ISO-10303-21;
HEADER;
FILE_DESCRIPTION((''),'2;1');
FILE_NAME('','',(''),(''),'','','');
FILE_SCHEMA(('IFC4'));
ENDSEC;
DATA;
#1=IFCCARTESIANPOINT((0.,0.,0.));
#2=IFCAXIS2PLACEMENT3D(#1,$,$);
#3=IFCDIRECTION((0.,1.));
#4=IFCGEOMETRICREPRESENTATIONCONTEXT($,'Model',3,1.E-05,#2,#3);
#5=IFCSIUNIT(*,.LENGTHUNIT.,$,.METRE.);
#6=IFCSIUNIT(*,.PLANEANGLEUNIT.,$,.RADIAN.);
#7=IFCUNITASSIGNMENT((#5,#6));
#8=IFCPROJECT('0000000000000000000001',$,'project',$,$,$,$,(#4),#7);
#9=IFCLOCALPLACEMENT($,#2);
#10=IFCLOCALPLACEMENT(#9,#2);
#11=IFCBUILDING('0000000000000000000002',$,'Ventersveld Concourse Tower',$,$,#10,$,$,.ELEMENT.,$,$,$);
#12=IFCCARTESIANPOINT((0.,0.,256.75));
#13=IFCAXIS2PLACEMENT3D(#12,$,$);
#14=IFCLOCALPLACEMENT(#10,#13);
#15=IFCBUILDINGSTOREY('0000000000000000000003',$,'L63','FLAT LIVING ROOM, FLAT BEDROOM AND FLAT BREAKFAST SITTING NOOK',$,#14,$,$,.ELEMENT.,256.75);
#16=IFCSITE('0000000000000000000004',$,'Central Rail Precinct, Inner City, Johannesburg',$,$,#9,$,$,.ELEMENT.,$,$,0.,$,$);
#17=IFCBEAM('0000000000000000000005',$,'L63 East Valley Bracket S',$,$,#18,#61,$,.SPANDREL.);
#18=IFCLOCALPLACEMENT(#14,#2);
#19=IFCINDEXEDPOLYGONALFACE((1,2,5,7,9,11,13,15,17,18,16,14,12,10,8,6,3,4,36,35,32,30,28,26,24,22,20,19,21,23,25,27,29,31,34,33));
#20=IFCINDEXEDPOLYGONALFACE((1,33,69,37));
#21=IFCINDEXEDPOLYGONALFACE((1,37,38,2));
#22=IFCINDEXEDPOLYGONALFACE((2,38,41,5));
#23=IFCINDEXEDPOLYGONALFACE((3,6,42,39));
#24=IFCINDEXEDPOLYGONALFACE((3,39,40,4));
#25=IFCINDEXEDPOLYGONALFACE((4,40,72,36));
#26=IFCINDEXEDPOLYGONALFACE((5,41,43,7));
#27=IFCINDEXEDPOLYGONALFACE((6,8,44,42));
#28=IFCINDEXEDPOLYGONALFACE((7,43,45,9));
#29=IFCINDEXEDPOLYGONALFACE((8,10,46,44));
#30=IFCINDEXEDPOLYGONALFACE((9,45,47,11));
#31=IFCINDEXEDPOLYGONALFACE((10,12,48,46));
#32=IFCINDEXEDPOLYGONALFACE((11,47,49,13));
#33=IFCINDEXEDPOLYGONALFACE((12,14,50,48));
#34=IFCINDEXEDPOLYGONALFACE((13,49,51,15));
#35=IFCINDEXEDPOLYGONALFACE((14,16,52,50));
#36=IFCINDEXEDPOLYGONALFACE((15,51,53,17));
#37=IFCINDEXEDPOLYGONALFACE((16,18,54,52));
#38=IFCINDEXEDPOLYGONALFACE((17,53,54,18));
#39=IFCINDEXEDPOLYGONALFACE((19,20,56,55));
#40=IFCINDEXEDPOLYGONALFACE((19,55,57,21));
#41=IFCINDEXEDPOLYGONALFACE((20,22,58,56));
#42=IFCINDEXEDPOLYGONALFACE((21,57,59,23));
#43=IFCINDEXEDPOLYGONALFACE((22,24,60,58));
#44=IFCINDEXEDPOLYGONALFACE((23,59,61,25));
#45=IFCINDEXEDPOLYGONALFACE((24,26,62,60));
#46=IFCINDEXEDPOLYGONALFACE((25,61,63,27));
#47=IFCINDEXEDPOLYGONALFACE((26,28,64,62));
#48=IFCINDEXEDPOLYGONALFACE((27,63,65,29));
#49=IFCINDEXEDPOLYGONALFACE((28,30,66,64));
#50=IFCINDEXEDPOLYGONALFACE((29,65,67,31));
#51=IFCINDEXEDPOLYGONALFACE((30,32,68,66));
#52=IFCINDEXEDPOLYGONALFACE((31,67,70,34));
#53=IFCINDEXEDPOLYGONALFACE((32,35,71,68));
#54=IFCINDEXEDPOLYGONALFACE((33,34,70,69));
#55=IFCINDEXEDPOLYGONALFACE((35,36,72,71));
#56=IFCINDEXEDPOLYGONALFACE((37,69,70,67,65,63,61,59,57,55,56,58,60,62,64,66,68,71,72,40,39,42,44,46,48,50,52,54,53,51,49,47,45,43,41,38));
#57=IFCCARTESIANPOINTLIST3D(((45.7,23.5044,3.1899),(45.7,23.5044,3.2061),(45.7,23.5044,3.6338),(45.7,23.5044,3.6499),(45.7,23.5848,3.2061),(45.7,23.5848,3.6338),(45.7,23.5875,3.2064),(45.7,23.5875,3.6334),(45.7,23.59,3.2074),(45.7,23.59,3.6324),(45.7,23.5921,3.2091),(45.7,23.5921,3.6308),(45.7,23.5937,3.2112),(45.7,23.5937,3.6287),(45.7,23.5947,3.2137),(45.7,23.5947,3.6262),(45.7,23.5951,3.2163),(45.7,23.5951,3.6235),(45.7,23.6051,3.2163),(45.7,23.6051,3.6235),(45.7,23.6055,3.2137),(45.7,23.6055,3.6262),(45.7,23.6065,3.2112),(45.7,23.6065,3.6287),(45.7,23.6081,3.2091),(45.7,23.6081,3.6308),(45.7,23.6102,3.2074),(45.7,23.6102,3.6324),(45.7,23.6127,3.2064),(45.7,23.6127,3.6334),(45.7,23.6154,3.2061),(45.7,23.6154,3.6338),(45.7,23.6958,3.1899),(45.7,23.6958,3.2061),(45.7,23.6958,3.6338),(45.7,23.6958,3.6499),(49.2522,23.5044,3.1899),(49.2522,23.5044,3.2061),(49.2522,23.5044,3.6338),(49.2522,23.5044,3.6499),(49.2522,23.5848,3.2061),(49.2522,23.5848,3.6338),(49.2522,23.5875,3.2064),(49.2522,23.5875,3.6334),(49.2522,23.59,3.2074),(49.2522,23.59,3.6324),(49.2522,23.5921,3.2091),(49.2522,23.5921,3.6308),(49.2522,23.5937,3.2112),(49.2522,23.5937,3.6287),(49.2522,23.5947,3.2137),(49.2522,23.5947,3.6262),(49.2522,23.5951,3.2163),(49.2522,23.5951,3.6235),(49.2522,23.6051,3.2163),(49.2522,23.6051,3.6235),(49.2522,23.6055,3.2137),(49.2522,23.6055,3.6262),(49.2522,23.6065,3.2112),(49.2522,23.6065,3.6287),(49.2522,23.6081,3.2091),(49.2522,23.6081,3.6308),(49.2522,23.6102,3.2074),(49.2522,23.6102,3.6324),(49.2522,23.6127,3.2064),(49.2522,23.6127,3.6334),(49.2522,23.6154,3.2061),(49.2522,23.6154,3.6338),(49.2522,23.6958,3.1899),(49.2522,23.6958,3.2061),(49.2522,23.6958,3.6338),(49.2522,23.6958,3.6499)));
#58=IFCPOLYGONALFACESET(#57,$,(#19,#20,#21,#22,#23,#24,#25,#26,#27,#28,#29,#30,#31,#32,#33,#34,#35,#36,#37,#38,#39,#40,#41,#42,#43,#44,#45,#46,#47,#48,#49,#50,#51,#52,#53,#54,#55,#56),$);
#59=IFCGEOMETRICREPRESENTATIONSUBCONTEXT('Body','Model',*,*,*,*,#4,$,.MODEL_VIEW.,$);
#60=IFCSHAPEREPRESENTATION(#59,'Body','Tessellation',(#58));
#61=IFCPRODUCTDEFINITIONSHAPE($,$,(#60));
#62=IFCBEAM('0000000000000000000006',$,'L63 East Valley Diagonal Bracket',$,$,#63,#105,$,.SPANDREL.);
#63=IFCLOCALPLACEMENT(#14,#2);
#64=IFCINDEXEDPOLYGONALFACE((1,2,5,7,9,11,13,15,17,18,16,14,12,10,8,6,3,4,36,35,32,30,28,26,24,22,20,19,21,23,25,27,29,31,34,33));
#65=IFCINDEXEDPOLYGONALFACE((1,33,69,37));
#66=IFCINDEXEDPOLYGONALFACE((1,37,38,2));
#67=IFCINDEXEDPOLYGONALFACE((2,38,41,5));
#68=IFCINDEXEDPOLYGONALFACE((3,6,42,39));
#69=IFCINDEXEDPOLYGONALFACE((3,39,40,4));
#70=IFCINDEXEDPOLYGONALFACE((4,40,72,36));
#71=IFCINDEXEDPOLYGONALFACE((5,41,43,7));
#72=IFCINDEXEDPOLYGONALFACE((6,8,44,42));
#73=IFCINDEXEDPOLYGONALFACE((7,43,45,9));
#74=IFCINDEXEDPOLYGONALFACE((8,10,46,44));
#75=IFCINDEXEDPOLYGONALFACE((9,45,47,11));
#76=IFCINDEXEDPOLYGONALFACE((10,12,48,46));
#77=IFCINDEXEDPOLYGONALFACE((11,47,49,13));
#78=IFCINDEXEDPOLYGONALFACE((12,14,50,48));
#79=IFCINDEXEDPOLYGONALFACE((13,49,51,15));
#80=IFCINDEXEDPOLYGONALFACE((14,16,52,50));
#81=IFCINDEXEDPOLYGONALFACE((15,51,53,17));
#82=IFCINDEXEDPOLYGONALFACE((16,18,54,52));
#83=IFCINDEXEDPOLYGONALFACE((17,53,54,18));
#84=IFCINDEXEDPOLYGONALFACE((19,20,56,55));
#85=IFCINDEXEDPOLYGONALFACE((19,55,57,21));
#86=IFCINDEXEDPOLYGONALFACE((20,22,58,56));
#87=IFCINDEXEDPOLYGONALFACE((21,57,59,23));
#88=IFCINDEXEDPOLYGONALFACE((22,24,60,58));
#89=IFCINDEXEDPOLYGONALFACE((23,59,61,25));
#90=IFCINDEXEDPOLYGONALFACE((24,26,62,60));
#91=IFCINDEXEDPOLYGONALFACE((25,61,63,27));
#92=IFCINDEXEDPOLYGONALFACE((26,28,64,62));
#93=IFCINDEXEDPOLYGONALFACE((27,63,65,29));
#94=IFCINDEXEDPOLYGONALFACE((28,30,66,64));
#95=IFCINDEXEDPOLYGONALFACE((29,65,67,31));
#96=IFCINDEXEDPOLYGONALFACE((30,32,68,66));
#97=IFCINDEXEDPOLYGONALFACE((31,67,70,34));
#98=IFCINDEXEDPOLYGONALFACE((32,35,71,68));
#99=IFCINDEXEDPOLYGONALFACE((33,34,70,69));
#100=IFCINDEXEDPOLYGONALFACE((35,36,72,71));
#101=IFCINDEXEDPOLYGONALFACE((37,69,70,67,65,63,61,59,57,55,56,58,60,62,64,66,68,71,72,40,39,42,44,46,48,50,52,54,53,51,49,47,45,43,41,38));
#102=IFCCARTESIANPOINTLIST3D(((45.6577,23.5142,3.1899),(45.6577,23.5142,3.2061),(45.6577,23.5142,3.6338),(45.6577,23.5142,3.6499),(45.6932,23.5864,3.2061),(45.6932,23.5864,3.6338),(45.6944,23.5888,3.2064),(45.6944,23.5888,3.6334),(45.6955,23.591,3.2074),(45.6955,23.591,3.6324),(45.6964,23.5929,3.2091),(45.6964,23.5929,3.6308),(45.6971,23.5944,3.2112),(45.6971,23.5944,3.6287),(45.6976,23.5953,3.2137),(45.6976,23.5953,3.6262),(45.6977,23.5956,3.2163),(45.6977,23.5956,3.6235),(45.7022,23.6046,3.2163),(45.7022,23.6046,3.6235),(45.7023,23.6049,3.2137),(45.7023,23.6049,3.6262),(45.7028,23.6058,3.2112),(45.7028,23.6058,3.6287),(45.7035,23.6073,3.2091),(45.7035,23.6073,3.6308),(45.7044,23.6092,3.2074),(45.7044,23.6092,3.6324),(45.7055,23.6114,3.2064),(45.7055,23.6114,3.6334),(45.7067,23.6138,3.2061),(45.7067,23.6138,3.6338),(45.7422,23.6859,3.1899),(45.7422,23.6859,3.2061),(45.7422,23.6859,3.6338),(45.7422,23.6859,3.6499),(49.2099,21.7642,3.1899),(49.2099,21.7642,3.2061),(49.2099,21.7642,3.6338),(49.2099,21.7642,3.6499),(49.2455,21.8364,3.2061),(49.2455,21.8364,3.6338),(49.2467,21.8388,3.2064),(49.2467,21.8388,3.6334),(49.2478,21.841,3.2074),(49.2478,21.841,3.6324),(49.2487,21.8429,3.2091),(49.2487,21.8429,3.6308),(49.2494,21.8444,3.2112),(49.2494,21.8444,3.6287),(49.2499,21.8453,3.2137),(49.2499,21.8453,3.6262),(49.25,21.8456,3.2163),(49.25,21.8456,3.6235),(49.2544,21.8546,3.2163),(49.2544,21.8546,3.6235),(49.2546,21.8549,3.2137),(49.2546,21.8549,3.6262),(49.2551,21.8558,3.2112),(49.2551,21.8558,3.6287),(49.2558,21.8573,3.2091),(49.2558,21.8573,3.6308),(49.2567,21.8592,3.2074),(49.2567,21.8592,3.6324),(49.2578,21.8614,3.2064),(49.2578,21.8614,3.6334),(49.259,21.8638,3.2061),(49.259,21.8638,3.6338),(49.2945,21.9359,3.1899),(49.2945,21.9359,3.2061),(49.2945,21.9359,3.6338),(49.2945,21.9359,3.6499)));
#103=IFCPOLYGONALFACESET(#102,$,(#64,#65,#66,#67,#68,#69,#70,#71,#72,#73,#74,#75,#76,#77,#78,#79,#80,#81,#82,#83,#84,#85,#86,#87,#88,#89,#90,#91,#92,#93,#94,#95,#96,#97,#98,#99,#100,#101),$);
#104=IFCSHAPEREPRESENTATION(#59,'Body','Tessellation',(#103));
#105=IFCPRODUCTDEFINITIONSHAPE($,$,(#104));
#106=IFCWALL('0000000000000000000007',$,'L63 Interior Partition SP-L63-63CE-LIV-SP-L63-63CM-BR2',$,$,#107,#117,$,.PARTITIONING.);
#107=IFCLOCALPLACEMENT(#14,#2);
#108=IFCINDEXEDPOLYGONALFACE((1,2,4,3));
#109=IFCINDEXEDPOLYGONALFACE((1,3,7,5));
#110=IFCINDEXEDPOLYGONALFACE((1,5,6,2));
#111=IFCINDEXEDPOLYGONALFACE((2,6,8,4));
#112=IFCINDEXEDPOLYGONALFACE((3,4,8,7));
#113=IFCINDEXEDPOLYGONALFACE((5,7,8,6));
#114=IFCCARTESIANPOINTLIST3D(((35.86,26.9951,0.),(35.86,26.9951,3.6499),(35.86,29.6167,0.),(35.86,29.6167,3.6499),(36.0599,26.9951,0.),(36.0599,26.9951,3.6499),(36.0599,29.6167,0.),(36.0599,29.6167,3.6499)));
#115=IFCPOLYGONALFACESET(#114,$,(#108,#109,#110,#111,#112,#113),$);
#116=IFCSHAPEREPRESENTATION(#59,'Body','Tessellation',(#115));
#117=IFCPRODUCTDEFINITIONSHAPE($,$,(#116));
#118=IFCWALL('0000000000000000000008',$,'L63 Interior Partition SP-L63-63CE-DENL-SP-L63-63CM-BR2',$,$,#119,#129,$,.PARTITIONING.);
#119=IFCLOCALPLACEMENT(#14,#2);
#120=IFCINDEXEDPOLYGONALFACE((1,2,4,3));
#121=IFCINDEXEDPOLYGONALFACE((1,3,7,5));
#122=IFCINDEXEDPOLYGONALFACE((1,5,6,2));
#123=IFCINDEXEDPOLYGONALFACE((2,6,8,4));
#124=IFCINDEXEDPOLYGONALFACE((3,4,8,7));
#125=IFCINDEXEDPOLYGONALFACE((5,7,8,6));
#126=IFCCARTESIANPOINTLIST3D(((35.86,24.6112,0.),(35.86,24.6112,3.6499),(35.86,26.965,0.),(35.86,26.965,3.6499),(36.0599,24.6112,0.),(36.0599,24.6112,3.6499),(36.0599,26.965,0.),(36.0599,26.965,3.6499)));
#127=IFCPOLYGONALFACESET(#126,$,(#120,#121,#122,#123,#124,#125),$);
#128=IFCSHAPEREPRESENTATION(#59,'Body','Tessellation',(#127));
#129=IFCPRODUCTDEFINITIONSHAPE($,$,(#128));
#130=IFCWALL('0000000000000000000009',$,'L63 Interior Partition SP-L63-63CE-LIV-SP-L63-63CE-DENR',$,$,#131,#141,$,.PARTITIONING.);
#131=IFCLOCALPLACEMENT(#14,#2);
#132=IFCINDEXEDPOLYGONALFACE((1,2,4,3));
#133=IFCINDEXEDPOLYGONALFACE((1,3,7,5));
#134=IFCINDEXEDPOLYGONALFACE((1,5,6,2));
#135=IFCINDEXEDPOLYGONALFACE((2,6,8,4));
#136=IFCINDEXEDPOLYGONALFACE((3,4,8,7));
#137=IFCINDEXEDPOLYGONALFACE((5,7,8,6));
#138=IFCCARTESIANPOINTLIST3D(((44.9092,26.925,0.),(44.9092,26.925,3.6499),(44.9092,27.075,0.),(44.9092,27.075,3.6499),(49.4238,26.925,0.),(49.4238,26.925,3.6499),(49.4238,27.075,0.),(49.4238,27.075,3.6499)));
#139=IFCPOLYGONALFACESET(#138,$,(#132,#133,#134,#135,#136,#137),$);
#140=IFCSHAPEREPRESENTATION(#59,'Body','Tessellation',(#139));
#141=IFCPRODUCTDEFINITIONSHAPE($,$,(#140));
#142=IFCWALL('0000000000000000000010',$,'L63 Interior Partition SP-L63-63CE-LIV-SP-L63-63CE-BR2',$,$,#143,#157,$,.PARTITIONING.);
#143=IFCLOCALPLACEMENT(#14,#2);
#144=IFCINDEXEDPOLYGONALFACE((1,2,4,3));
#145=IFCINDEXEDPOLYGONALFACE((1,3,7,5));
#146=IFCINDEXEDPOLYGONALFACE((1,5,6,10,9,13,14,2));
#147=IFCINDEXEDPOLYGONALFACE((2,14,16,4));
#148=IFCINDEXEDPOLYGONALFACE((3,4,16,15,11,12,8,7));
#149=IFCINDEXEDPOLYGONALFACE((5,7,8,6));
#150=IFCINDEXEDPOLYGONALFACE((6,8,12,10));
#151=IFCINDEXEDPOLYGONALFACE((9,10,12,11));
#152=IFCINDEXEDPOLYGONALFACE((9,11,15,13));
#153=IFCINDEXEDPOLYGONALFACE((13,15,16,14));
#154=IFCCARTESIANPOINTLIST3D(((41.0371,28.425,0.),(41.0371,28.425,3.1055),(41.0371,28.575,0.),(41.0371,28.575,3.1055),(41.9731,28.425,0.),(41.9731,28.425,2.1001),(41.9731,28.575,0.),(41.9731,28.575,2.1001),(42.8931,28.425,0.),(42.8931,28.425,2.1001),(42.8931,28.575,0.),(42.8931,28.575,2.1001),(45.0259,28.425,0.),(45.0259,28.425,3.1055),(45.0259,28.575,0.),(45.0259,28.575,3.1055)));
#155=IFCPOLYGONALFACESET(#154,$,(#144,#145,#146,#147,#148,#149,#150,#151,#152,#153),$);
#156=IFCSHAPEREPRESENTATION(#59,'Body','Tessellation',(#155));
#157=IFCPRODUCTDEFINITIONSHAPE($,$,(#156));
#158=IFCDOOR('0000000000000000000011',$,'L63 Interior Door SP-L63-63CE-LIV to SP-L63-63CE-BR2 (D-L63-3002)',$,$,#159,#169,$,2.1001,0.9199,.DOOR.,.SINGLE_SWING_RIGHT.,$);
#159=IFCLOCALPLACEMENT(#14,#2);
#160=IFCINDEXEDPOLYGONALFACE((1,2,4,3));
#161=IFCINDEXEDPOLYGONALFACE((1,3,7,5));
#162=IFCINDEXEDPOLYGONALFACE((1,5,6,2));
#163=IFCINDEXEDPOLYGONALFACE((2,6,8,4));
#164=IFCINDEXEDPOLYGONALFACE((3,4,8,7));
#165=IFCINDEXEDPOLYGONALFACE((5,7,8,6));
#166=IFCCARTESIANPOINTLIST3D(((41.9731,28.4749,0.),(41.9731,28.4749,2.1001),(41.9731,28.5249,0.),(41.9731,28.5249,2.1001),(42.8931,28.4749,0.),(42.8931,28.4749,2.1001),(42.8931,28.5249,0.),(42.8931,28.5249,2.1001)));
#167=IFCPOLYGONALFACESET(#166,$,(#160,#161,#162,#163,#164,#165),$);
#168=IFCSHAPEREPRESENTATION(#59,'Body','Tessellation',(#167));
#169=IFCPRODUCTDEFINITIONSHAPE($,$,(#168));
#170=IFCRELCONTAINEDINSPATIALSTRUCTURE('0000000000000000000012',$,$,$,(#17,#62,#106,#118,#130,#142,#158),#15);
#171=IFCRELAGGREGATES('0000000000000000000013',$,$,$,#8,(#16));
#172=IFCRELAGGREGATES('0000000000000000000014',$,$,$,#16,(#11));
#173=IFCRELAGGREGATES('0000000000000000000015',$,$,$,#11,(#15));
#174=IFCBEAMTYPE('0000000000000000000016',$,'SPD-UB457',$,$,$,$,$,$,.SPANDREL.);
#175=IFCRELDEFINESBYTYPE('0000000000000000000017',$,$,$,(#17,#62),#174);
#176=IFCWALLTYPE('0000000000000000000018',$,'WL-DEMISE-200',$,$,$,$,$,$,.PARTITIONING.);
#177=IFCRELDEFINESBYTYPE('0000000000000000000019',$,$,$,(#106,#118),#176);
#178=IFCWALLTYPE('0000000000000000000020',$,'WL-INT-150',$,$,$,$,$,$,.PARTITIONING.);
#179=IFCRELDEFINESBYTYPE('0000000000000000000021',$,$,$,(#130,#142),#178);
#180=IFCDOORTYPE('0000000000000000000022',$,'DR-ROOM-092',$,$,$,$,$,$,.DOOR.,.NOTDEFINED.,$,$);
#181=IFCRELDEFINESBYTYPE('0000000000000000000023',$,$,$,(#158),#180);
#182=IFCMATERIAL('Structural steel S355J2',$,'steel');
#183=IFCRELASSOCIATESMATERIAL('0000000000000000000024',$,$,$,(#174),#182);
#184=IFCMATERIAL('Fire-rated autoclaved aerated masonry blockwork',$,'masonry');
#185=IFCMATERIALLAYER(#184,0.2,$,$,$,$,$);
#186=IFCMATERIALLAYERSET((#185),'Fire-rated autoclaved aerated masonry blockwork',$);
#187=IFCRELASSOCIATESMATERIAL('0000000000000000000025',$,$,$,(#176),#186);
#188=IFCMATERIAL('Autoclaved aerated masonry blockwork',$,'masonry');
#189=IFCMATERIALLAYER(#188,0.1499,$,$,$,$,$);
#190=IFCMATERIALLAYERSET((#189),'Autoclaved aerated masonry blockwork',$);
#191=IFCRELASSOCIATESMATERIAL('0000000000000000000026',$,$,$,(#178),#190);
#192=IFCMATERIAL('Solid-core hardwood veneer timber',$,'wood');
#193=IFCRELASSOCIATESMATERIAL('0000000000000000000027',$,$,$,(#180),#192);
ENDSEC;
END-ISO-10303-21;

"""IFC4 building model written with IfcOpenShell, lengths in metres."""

from ifc_helpers import new_model, si_unit, direction, frame, frame_2d, origin, origin_2d, place, context, subcontext, project, spatial, rectangle, i_section, extrude, material, layer, layer_set, material_profile, profile_set, type_object, element, fill, save


model = new_model("IFC4")

# Units and contexts
model_context = context("Model", 3, precision=1e-05, world=origin(), true_north=direction((0.0, 1.0)))
body_context = subcontext(model_context, "Body", "Model", "MODEL_VIEW")
ifc_project = project(units=[si_unit("LENGTHUNIT", "METRE"), si_unit("PLANEANGLEUNIT", "RADIAN")], contexts=[model_context])

# Site, building, storey
site_placement = place(None, origin())
site = spatial("IfcSite", under=ifc_project, at=site_placement, Name="Central Rail Precinct, Inner City, Johannesburg", CompositionType="ELEMENT", RefElevation=0.0)
building_placement = place(site_placement, origin())
building = spatial("IfcBuilding", under=site, at=building_placement, Name="Ventersveld Concourse Tower", CompositionType="ELEMENT")
storey_placement = place(building_placement, frame((0.0, 0.0, 256.75)))
storey = spatial("IfcBuildingStorey", under=building, at=storey_placement, Name="L63", Description="FLAT LIVING ROOM, FLAT BEDROOM AND FLAT BREAKFAST SITTING NOOK", CompositionType="ELEMENT", Elevation=256.75)

# Beams
ifc_material_1 = material(Name="Structural steel S355J2", Category="steel")
ifc_material_profile_1 = material_profile(ifc_material_1, i_section(OverallWidth=0.1914, OverallDepth=0.46, WebThickness=0.01, FlangeThickness=0.0161, FilletRadius=0.0103, at=origin_2d()), Name="UB 457x191x82")
ifc_profile_set_1 = profile_set([ifc_material_profile_1], Name="Structural steel S355J2")
beam_type_1 = type_object("IfcBeamType", Name="SPD-UB457", PredefinedType="SPANDREL", material=ifc_profile_set_1)
beam_1_placement = place(storey_placement, frame((45.7, 23.6001, 3.4199), z_axis=(1.0, 0.0, 0.0), x_axis=(0.0, 1.0, 0.0)))
element("IfcBeam", 1, at=beam_1_placement, inside=storey, type_object=beam_type_1, Name="L63 East Valley Bracket S", PredefinedType="SPANDREL", context=body_context, shape_type="SweptSolid", body=[
    extrude(i_section(OverallWidth=0.1914, OverallDepth=0.46, WebThickness=0.01, FlangeThickness=0.0161, FilletRadius=0.0103, at=origin_2d()), origin(), (0.0, 0.0, 1.0), 3.5522),
])
beam_2_placement = place(storey_placement, frame((45.7, 23.6001, 3.4199), z_axis=(0.89705, -0.441928, 0.0), x_axis=(0.441928, 0.89705, 0.0)))
element("IfcBeam", 2, at=beam_2_placement, inside=storey, type_object=beam_type_1, Name="L63 East Valley Diagonal Bracket", PredefinedType="SPANDREL", context=body_context, shape_type="SweptSolid", body=[
    extrude(i_section(OverallWidth=0.1914, OverallDepth=0.46, WebThickness=0.01, FlangeThickness=0.0161, FilletRadius=0.0103, at=origin_2d()), origin(), (0.0, 0.0, 1.0), 3.96),
])

# Walls
ifc_material_2 = material(Name="Fire-rated autoclaved aerated masonry blockwork", Category="masonry")
ifc_layer_1 = layer(ifc_material_2, 0.2)
ifc_layer_set_1 = layer_set([ifc_layer_1], Name="Fire-rated autoclaved aerated masonry blockwork")
wall_type_1 = type_object("IfcWallType", Name="WL-DEMISE-200", PredefinedType="PARTITIONING", material=ifc_layer_set_1)
wall_1_placement = place(storey_placement, frame((35.96, 26.9951, 0.0), z_axis=(0.0, 0.0, 1.0), x_axis=(0.0, 1.0, 0.0)))
element("IfcWall", 3, at=wall_1_placement, inside=storey, type_object=wall_type_1, Name="L63 Interior Partition SP-L63-63CE-LIV-SP-L63-63CM-BR2", PredefinedType="PARTITIONING", context=body_context, shape_type="SweptSolid", body=[
    extrude(rectangle(XDim=2.6216, YDim=0.2, at=frame_2d((1.3108, 0.0))), origin(), (0.0, 0.0, 1.0), 3.6499),
])
wall_2_placement = place(storey_placement, frame((35.96, 24.6113, 0.0), z_axis=(0.0, 0.0, 1.0), x_axis=(0.0, 1.0, 0.0)))
element("IfcWall", 4, at=wall_2_placement, inside=storey, type_object=wall_type_1, Name="L63 Interior Partition SP-L63-63CE-DENL-SP-L63-63CM-BR2", PredefinedType="PARTITIONING", context=body_context, shape_type="SweptSolid", body=[
    extrude(rectangle(XDim=2.3538, YDim=0.2, at=frame_2d((1.1768, 0.0))), origin(), (0.0, 0.0, 1.0), 3.6499),
])
ifc_material_3 = material(Name="Autoclaved aerated masonry blockwork", Category="masonry")
ifc_layer_2 = layer(ifc_material_3, 0.1499)
ifc_layer_set_2 = layer_set([ifc_layer_2], Name="Autoclaved aerated masonry blockwork")
wall_type_2 = type_object("IfcWallType", Name="WL-INT-150", PredefinedType="PARTITIONING", material=ifc_layer_set_2)
wall_3_placement = place(storey_placement, frame((44.9092, 27.0, 0.0), z_axis=(0.0, 0.0, 1.0), x_axis=(1.0, 0.0, 0.0)))
element("IfcWall", 5, at=wall_3_placement, inside=storey, type_object=wall_type_2, Name="L63 Interior Partition SP-L63-63CE-LIV-SP-L63-63CE-DENR", PredefinedType="PARTITIONING", context=body_context, shape_type="SweptSolid", body=[
    extrude(rectangle(XDim=4.5146, YDim=0.1499, at=frame_2d((2.2573, 0.0))), origin(), (0.0, 0.0, 1.0), 3.6499),
])

# Wall, opening, door
wall_4_placement = place(storey_placement, frame((41.0371, 28.5, 0.0), z_axis=(0.0, 0.0, 1.0), x_axis=(1.0, 0.0, 0.0)))
wall_4 = element("IfcWall", 6, at=wall_4_placement, inside=storey, type_object=wall_type_2, Name="L63 Interior Partition SP-L63-63CE-LIV-SP-L63-63CE-BR2", PredefinedType="PARTITIONING", context=body_context, shape_type="SweptSolid", body=[
    extrude(rectangle(XDim=3.9888, YDim=0.1499, at=frame_2d((1.9944, 0.0))), origin(), (0.0, 0.0, 1.0), 3.1055),
])
opening_1_placement = place(wall_4_placement, frame((0.936, 0.0, 0.0)))
opening_1 = element("IfcOpeningElement", 7, at=opening_1_placement, cuts=wall_4, PredefinedType="OPENING", context=body_context, shape_type="SweptSolid", body=[
    extrude(rectangle(XDim=0.9199, YDim=2.1001, at=frame_2d((0.46, 1.05))), frame((0.0, 0.085, 0.0), z_axis=(0.0, -1.0, 0.0), x_axis=(1.0, 0.0, 0.0)), (0.0, 0.0, 1.0), 0.1699),
])
ifc_material_4 = material(Name="Solid-core hardwood veneer timber", Category="wood")
door_type = type_object("IfcDoorType", Name="DR-ROOM-092", OperationType="NOTDEFINED", PredefinedType="DOOR", material=ifc_material_4)
door_1_placement = place(opening_1_placement, origin())
door_1 = element("IfcDoor", 8, at=door_1_placement, inside=storey, type_object=door_type, Name="L63 Interior Door SP-L63-63CE-LIV to SP-L63-63CE-BR2 (D-L63-3002)", OperationType="SINGLE_SWING_RIGHT", OverallHeight=2.1001, OverallWidth=0.9199, PredefinedType="DOOR", context=body_context, shape_type="SweptSolid", body=[
    extrude(rectangle(XDim=0.9199, YDim=2.1001, at=frame_2d((0.46, 1.05))), frame((0.0, 0.0249, 0.0), z_axis=(0.0, -1.0, 0.0), x_axis=(1.0, 0.0, 0.0)), (0.0, 0.0, 1.0), 0.05),
])
fill(opening_1, door_1)

save(model, "model.ifc")
